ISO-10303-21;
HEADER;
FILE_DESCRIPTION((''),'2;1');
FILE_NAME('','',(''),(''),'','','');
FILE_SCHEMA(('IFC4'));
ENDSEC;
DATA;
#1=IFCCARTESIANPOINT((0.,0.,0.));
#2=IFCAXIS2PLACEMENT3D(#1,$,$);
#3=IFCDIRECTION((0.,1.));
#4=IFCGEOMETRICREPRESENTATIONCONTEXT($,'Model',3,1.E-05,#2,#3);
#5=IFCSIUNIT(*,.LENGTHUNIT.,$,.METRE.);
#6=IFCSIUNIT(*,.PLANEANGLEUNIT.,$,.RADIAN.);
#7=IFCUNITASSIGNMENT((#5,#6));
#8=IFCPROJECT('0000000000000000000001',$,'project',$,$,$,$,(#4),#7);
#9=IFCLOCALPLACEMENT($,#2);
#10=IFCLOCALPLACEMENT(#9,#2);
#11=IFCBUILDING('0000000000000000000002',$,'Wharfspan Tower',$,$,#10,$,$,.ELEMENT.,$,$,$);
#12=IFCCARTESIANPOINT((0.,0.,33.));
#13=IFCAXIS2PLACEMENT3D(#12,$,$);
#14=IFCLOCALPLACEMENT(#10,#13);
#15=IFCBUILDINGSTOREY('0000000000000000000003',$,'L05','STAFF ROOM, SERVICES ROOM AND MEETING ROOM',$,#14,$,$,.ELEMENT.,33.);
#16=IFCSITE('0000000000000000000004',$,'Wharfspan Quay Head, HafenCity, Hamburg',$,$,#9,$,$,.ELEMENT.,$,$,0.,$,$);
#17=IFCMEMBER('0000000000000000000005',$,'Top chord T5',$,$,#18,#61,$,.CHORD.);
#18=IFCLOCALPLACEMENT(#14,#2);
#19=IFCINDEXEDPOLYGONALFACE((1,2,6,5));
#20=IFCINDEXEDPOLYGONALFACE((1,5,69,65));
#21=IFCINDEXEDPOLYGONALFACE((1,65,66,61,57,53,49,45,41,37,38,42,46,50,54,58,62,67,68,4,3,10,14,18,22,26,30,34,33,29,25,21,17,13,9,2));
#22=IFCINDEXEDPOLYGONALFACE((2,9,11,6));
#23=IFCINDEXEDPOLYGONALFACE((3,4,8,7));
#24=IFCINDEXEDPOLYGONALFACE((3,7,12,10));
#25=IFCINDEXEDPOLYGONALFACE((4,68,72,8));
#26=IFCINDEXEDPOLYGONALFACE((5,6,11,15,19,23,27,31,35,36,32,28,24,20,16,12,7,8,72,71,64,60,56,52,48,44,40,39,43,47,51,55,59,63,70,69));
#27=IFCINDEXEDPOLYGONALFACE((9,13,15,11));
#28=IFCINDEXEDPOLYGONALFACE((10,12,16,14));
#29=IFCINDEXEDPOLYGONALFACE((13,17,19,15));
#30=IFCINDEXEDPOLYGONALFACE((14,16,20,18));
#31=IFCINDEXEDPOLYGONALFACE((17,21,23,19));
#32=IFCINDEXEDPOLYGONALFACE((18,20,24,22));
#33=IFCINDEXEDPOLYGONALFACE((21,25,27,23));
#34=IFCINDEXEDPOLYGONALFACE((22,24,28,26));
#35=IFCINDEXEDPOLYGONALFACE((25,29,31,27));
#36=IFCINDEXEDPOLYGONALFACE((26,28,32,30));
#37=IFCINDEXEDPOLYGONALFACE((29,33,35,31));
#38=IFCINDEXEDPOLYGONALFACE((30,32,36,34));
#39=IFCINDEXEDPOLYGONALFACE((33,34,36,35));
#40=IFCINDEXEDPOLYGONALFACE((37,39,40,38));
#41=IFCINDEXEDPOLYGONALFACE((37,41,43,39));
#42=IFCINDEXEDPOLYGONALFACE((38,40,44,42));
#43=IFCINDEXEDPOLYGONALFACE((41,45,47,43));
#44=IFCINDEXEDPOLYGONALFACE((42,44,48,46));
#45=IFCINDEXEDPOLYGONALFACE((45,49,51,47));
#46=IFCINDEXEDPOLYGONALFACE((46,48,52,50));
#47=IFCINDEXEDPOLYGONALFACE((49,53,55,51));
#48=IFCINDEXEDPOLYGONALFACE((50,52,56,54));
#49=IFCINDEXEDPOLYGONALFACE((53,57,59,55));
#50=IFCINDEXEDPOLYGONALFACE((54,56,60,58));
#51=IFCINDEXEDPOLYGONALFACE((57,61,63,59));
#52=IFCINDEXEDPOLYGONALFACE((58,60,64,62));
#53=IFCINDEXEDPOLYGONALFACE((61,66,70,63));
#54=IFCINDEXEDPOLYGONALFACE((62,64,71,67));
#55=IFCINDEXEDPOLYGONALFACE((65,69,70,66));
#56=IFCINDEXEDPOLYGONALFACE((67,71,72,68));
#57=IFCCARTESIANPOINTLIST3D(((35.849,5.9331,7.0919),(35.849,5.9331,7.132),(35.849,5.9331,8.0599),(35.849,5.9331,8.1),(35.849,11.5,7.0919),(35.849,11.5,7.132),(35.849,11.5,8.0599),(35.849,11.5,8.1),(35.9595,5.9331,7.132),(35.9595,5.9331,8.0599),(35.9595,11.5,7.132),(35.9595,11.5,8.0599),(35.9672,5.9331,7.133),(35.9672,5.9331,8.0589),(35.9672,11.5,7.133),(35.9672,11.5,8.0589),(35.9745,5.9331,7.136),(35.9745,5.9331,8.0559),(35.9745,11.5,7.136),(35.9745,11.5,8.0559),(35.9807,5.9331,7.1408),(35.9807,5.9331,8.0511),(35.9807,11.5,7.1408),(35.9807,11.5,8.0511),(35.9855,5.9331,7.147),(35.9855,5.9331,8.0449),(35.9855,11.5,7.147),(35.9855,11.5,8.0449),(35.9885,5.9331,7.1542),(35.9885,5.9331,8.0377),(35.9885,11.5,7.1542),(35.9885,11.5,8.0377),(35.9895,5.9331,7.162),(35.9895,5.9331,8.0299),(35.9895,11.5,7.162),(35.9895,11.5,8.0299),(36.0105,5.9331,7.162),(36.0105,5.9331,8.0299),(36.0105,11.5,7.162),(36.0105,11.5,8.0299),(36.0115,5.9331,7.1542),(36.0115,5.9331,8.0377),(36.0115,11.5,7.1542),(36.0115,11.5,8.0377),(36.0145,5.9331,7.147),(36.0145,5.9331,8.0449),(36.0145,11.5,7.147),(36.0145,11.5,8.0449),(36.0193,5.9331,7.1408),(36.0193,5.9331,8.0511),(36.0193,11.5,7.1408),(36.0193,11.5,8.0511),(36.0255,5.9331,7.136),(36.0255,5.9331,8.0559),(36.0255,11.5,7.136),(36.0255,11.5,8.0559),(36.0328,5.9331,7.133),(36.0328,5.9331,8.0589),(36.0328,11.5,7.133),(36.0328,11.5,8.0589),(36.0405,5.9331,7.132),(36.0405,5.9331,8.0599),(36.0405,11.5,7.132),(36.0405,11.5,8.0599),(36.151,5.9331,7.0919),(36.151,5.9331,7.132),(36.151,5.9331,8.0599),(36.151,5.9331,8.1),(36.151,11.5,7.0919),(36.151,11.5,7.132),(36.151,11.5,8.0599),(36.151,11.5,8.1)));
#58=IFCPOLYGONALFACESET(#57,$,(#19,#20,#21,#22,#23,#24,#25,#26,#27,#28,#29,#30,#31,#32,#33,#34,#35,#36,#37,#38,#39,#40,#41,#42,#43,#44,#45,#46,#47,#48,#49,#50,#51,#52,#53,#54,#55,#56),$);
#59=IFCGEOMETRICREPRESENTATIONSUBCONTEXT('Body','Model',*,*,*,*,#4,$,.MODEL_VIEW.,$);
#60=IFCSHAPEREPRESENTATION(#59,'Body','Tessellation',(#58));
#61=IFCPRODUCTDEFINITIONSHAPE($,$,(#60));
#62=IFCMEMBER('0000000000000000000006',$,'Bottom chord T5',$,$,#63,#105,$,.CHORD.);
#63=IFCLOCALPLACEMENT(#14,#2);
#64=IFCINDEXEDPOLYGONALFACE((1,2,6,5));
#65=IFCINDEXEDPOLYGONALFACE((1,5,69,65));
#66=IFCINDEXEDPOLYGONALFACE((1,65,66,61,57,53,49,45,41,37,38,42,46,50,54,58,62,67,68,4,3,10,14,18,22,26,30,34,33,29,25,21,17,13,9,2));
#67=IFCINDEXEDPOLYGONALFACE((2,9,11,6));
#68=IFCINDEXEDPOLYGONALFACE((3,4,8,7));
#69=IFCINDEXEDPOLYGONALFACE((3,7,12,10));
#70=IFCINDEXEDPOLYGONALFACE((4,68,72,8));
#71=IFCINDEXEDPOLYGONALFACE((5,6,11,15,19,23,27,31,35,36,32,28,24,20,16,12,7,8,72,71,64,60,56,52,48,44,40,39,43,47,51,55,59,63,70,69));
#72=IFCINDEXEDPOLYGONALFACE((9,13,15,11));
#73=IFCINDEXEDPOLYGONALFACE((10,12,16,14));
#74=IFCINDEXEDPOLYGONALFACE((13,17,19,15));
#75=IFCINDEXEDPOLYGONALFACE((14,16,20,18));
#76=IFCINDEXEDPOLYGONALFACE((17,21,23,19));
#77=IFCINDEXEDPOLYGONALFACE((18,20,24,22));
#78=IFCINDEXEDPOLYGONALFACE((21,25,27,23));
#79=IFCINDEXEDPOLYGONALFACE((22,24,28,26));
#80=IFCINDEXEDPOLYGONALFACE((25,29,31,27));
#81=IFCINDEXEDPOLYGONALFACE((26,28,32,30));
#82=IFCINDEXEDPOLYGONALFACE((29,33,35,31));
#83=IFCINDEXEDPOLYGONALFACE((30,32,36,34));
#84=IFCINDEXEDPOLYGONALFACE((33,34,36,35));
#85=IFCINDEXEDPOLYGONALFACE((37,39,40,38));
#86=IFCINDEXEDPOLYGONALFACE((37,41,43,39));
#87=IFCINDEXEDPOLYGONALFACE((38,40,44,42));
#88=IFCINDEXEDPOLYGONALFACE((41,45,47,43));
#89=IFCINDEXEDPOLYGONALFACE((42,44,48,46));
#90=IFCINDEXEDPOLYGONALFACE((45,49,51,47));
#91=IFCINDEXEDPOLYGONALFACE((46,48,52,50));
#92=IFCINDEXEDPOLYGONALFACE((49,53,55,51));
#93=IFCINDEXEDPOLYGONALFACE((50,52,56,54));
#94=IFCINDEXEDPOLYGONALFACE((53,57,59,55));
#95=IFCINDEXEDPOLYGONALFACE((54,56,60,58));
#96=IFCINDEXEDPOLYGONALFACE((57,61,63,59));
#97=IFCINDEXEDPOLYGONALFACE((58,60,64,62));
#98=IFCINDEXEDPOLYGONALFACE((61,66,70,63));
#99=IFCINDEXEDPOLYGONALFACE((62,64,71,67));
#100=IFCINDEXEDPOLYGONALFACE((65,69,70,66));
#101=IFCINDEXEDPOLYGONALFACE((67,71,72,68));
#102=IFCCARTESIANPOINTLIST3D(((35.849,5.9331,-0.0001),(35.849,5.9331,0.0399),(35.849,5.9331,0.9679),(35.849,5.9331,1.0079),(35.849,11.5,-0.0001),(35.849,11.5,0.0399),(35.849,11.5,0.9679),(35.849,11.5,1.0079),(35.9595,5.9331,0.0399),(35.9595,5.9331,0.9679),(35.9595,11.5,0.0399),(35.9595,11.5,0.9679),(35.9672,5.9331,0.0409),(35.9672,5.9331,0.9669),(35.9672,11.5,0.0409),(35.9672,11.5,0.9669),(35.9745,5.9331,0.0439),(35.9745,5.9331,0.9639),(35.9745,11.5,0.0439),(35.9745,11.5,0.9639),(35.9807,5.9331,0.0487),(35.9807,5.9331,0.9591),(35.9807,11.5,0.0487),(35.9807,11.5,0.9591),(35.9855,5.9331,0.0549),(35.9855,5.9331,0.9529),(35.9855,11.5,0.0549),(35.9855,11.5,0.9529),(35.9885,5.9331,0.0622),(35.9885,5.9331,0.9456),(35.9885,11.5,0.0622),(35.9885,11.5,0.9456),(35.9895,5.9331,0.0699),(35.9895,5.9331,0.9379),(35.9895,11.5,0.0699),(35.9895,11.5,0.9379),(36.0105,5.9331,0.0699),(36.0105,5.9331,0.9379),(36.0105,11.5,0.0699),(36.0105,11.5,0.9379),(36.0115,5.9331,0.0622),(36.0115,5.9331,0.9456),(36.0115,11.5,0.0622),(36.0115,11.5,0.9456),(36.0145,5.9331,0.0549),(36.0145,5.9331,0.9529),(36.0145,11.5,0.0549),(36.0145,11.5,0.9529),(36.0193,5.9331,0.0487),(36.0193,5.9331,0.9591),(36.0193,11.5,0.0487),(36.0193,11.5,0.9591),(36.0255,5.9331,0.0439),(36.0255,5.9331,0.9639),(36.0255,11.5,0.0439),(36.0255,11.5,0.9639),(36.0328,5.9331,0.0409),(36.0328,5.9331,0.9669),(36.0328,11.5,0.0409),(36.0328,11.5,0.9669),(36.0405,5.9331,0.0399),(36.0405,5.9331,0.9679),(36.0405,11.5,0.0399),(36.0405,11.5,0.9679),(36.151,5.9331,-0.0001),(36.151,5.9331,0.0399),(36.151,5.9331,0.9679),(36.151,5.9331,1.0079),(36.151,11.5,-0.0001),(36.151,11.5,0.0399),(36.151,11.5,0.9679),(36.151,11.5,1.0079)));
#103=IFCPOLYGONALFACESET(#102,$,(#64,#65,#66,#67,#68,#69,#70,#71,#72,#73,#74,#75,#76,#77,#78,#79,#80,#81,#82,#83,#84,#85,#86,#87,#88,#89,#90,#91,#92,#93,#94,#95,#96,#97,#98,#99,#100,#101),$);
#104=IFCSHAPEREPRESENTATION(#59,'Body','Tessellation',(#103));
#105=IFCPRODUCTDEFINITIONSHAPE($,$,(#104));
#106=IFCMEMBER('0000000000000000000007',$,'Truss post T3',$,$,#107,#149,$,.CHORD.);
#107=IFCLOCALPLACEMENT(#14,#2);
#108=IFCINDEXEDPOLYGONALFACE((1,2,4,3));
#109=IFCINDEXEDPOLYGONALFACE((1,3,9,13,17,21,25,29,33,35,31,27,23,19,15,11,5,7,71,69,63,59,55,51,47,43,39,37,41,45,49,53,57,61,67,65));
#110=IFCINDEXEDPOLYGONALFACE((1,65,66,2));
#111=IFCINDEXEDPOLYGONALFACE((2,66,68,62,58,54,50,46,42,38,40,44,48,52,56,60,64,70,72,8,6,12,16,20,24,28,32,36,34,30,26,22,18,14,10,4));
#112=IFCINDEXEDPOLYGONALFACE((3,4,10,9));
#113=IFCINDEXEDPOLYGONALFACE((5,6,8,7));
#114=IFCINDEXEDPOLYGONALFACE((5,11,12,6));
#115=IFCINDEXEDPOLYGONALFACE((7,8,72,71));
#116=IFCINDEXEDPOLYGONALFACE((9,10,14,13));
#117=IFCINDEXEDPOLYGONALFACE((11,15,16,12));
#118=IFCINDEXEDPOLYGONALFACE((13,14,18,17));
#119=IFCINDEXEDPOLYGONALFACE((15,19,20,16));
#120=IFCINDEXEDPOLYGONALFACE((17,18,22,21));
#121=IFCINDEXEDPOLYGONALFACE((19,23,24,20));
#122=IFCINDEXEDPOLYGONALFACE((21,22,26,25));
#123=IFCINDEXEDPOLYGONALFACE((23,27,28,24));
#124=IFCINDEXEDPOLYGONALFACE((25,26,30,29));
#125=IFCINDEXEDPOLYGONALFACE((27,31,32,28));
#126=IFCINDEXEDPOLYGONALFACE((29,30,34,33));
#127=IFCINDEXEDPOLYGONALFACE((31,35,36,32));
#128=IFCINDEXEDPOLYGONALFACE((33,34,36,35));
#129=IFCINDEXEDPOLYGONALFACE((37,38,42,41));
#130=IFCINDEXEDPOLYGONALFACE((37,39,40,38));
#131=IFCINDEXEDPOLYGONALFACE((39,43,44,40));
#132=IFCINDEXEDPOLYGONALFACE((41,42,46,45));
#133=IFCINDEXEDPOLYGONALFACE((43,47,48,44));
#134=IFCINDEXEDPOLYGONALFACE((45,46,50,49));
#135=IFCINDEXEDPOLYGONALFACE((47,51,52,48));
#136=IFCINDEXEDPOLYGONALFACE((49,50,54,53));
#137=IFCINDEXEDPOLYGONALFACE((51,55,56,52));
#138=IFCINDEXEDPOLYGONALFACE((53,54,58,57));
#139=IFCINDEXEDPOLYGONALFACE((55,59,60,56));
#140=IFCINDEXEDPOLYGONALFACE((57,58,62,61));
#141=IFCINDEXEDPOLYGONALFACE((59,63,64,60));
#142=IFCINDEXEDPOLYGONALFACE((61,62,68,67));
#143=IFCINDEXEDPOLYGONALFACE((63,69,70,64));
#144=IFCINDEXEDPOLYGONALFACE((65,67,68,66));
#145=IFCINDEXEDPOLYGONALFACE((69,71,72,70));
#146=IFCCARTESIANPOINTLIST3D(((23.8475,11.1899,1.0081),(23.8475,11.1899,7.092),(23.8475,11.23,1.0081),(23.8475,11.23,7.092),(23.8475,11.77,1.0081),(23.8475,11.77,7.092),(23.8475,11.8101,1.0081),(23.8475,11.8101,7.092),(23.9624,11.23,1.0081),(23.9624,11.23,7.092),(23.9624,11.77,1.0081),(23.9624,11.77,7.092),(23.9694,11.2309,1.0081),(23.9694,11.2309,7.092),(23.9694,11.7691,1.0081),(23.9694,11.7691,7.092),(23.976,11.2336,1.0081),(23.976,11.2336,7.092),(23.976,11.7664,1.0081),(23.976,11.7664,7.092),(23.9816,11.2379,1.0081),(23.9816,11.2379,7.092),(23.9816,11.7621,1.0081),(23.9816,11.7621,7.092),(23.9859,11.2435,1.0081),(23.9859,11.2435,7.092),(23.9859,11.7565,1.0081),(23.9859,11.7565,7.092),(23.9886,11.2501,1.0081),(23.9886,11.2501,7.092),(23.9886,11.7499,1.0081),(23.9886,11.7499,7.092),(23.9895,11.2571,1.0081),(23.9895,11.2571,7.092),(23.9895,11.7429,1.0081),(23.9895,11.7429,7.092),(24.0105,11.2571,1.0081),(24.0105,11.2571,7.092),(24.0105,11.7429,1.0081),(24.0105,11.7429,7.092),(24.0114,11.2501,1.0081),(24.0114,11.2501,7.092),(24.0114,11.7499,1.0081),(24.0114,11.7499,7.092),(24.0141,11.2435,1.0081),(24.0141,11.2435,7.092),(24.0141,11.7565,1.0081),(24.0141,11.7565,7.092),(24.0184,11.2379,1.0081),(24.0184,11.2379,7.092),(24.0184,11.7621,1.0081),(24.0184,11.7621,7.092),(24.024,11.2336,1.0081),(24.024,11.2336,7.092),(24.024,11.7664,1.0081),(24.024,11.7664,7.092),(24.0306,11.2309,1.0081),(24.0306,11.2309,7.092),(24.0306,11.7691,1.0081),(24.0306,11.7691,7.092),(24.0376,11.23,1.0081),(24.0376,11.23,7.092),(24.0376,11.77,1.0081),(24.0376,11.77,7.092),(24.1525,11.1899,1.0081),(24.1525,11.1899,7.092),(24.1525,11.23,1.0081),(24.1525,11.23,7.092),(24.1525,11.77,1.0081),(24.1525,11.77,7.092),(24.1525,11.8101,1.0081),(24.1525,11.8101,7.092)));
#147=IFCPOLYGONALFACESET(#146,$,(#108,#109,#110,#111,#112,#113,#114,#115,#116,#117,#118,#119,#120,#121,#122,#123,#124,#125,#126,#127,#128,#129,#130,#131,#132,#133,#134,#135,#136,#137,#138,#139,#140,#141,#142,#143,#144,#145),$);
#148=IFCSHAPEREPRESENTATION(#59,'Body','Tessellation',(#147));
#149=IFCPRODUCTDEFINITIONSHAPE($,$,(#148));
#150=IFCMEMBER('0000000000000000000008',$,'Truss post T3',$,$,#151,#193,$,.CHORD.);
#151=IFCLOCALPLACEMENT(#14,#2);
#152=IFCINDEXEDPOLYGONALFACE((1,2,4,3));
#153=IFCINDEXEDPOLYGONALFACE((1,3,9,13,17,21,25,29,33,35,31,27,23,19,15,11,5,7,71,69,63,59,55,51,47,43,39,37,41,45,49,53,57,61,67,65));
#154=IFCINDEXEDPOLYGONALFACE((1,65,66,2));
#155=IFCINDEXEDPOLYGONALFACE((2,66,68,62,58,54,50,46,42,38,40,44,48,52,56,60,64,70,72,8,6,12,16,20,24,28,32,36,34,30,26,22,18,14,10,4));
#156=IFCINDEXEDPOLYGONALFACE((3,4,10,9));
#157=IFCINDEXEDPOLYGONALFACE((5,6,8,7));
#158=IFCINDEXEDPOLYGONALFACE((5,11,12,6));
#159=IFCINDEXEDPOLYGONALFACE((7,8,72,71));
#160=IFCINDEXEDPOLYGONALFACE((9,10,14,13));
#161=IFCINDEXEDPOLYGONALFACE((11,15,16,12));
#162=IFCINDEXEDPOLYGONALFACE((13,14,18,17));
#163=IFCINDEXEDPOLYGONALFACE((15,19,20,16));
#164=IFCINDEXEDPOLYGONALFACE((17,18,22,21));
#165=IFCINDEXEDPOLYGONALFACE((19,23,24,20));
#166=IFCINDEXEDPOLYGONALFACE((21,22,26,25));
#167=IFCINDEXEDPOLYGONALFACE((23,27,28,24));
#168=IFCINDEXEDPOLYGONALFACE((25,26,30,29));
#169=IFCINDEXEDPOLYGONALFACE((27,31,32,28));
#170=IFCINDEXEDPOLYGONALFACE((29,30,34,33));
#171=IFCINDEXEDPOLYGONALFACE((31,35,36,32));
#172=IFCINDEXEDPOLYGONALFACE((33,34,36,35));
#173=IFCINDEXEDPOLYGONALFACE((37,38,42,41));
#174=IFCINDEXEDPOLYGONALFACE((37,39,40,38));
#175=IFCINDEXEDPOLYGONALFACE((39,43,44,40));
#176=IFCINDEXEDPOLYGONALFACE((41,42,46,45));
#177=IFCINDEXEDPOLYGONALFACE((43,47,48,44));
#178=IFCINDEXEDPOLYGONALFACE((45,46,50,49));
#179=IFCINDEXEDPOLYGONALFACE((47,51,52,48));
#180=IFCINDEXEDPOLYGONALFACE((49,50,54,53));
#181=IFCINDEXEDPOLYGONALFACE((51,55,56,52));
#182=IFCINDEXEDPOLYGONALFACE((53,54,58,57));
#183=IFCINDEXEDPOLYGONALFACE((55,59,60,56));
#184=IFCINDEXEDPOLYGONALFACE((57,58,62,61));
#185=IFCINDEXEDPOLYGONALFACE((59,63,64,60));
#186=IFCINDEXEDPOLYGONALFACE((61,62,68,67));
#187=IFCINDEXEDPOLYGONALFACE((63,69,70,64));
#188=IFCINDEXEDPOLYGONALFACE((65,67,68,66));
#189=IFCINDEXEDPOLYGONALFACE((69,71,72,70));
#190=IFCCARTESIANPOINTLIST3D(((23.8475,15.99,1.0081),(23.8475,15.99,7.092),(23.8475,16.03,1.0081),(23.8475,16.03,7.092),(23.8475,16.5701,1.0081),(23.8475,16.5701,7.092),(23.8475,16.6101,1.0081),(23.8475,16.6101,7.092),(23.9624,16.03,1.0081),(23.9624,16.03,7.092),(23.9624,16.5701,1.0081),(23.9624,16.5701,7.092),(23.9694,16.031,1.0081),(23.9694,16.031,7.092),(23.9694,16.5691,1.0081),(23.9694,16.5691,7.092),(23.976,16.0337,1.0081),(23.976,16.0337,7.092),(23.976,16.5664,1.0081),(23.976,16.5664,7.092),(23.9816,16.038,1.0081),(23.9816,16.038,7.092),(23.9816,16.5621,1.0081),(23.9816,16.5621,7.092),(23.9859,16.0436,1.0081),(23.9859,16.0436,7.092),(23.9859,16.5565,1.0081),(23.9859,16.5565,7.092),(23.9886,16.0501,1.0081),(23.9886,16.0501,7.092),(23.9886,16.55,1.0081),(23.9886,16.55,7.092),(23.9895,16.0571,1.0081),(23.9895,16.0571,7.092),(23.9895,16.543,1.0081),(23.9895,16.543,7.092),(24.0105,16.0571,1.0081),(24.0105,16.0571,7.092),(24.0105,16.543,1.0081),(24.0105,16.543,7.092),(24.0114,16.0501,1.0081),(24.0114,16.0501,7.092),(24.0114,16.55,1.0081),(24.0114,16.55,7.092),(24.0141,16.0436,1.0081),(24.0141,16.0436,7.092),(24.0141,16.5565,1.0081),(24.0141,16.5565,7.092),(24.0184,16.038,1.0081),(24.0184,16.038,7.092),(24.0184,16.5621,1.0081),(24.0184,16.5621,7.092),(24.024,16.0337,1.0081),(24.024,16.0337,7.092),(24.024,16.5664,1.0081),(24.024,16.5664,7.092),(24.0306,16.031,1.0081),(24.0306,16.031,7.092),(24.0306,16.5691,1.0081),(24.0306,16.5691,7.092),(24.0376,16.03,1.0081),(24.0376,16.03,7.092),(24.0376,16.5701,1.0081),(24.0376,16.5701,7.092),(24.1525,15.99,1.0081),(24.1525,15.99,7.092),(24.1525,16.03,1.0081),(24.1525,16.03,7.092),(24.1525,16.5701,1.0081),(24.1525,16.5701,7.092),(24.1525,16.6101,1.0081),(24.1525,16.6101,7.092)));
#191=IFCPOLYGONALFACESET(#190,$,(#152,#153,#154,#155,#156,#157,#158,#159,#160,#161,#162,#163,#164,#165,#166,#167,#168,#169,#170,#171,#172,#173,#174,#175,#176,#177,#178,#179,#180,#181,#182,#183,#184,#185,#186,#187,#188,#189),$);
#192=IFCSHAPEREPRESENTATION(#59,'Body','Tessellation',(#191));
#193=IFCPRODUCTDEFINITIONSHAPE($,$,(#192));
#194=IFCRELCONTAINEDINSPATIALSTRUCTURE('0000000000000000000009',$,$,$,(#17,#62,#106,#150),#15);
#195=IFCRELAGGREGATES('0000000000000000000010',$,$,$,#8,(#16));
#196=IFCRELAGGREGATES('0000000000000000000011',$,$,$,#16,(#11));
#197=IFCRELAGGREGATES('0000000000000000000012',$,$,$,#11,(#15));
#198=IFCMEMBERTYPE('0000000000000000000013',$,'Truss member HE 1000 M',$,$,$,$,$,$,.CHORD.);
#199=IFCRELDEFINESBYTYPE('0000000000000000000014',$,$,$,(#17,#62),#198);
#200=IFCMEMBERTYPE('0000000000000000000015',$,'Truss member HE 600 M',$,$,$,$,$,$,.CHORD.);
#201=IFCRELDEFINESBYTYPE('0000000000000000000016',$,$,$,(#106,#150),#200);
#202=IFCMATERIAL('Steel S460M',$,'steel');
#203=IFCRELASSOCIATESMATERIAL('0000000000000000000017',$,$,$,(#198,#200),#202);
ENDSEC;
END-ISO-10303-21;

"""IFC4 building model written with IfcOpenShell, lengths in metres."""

from ifc_helpers import new_model, si_unit, direction, frame, origin, origin_2d, place, context, subcontext, project, spatial, i_section, extrude, material, material_profile, profile_set, type_object, element, save


model = new_model("IFC4")

# Units and contexts
model_context = context("Model", 3, precision=1e-05, world=origin(), true_north=direction((0.0, 1.0)))
body_context = subcontext(model_context, "Body", "Model", "MODEL_VIEW")
ifc_project = project(units=[si_unit("LENGTHUNIT", "METRE"), si_unit("PLANEANGLEUNIT", "RADIAN")], contexts=[model_context])

# Site, building, storey
site_placement = place(None, origin())
site = spatial("IfcSite", under=ifc_project, at=site_placement, Name="Wharfspan Quay Head, HafenCity, Hamburg", CompositionType="ELEMENT", RefElevation=0.0)
building_placement = place(site_placement, origin())
building = spatial("IfcBuilding", under=site, at=building_placement, Name="Wharfspan Tower", CompositionType="ELEMENT")
storey_placement = place(building_placement, frame((0.0, 0.0, 33.0)))
storey = spatial("IfcBuildingStorey", under=building, at=storey_placement, Name="L05", Description="STAFF ROOM, SERVICES ROOM AND MEETING ROOM", CompositionType="ELEMENT", Elevation=33.0)

# Members
ifc_material_1 = material(Name="Steel S460M", Category="steel")
ifc_material_profile_1 = material_profile(ifc_material_1, i_section(OverallWidth=0.302, OverallDepth=1.0081, WebThickness=0.021, FlangeThickness=0.04, FilletRadius=0.03, at=origin_2d()))
ifc_profile_set_1 = profile_set([ifc_material_profile_1], Name="Steel S460M")
member_type_1 = type_object("IfcMemberType", Name="Truss member HE 1000 M", PredefinedType="CHORD", material=ifc_profile_set_1)
for number, where, z_axis, x_axis, name in (
    (1, (36.0, 5.9331, 7.5959), (0.0, 1.0, 0.0), (-1.0, 0.0, 0.0), "Top chord T5"),
    (2, (36.0, 5.9331, 0.5039), (0.0, 1.0, 0.0), (-1.0, 0.0, 0.0), "Bottom chord T5"),
):
    element("IfcMember", number, at=place(storey_placement, frame(where, z_axis=z_axis, x_axis=x_axis)), inside=storey, type_object=member_type_1, Name=name, PredefinedType="CHORD", context=body_context, shape_type="SweptSolid", body=[
        extrude(i_section(OverallWidth=0.302, OverallDepth=1.0081, WebThickness=0.021, FlangeThickness=0.04, FilletRadius=0.03, at=origin_2d()), origin(), (0.0, 0.0, 1.0), 5.5669),
    ])
ifc_material_profile_2 = material_profile(ifc_material_1, i_section(OverallWidth=0.3049, OverallDepth=0.6201, WebThickness=0.021, FlangeThickness=0.04, FilletRadius=0.0271, at=origin_2d()))
ifc_profile_set_2 = profile_set([ifc_material_profile_2], Name="Steel S460M")
member_type_2 = type_object("IfcMemberType", Name="Truss member HE 600 M", PredefinedType="CHORD", material=ifc_profile_set_2)
for number, where, z_axis, x_axis, name in (
    (3, (24.0, 11.5, 1.0081), (0.0, 0.0, 1.0), (1.0, 0.0, 0.0), "Truss post T3"),
    (4, (24.0, 16.3, 1.0081), (0.0, 0.0, 1.0), (1.0, 0.0, 0.0), "Truss post T3"),
):
    element("IfcMember", number, at=place(storey_placement, frame(where, z_axis=z_axis, x_axis=x_axis)), inside=storey, type_object=member_type_2, Name=name, PredefinedType="CHORD", context=body_context, shape_type="SweptSolid", body=[
        extrude(i_section(OverallWidth=0.3049, OverallDepth=0.6201, WebThickness=0.021, FlangeThickness=0.04, FilletRadius=0.0271, at=origin_2d()), origin(), (0.0, 0.0, 1.0), 6.084),
    ])

save(model, "model.ifc")
